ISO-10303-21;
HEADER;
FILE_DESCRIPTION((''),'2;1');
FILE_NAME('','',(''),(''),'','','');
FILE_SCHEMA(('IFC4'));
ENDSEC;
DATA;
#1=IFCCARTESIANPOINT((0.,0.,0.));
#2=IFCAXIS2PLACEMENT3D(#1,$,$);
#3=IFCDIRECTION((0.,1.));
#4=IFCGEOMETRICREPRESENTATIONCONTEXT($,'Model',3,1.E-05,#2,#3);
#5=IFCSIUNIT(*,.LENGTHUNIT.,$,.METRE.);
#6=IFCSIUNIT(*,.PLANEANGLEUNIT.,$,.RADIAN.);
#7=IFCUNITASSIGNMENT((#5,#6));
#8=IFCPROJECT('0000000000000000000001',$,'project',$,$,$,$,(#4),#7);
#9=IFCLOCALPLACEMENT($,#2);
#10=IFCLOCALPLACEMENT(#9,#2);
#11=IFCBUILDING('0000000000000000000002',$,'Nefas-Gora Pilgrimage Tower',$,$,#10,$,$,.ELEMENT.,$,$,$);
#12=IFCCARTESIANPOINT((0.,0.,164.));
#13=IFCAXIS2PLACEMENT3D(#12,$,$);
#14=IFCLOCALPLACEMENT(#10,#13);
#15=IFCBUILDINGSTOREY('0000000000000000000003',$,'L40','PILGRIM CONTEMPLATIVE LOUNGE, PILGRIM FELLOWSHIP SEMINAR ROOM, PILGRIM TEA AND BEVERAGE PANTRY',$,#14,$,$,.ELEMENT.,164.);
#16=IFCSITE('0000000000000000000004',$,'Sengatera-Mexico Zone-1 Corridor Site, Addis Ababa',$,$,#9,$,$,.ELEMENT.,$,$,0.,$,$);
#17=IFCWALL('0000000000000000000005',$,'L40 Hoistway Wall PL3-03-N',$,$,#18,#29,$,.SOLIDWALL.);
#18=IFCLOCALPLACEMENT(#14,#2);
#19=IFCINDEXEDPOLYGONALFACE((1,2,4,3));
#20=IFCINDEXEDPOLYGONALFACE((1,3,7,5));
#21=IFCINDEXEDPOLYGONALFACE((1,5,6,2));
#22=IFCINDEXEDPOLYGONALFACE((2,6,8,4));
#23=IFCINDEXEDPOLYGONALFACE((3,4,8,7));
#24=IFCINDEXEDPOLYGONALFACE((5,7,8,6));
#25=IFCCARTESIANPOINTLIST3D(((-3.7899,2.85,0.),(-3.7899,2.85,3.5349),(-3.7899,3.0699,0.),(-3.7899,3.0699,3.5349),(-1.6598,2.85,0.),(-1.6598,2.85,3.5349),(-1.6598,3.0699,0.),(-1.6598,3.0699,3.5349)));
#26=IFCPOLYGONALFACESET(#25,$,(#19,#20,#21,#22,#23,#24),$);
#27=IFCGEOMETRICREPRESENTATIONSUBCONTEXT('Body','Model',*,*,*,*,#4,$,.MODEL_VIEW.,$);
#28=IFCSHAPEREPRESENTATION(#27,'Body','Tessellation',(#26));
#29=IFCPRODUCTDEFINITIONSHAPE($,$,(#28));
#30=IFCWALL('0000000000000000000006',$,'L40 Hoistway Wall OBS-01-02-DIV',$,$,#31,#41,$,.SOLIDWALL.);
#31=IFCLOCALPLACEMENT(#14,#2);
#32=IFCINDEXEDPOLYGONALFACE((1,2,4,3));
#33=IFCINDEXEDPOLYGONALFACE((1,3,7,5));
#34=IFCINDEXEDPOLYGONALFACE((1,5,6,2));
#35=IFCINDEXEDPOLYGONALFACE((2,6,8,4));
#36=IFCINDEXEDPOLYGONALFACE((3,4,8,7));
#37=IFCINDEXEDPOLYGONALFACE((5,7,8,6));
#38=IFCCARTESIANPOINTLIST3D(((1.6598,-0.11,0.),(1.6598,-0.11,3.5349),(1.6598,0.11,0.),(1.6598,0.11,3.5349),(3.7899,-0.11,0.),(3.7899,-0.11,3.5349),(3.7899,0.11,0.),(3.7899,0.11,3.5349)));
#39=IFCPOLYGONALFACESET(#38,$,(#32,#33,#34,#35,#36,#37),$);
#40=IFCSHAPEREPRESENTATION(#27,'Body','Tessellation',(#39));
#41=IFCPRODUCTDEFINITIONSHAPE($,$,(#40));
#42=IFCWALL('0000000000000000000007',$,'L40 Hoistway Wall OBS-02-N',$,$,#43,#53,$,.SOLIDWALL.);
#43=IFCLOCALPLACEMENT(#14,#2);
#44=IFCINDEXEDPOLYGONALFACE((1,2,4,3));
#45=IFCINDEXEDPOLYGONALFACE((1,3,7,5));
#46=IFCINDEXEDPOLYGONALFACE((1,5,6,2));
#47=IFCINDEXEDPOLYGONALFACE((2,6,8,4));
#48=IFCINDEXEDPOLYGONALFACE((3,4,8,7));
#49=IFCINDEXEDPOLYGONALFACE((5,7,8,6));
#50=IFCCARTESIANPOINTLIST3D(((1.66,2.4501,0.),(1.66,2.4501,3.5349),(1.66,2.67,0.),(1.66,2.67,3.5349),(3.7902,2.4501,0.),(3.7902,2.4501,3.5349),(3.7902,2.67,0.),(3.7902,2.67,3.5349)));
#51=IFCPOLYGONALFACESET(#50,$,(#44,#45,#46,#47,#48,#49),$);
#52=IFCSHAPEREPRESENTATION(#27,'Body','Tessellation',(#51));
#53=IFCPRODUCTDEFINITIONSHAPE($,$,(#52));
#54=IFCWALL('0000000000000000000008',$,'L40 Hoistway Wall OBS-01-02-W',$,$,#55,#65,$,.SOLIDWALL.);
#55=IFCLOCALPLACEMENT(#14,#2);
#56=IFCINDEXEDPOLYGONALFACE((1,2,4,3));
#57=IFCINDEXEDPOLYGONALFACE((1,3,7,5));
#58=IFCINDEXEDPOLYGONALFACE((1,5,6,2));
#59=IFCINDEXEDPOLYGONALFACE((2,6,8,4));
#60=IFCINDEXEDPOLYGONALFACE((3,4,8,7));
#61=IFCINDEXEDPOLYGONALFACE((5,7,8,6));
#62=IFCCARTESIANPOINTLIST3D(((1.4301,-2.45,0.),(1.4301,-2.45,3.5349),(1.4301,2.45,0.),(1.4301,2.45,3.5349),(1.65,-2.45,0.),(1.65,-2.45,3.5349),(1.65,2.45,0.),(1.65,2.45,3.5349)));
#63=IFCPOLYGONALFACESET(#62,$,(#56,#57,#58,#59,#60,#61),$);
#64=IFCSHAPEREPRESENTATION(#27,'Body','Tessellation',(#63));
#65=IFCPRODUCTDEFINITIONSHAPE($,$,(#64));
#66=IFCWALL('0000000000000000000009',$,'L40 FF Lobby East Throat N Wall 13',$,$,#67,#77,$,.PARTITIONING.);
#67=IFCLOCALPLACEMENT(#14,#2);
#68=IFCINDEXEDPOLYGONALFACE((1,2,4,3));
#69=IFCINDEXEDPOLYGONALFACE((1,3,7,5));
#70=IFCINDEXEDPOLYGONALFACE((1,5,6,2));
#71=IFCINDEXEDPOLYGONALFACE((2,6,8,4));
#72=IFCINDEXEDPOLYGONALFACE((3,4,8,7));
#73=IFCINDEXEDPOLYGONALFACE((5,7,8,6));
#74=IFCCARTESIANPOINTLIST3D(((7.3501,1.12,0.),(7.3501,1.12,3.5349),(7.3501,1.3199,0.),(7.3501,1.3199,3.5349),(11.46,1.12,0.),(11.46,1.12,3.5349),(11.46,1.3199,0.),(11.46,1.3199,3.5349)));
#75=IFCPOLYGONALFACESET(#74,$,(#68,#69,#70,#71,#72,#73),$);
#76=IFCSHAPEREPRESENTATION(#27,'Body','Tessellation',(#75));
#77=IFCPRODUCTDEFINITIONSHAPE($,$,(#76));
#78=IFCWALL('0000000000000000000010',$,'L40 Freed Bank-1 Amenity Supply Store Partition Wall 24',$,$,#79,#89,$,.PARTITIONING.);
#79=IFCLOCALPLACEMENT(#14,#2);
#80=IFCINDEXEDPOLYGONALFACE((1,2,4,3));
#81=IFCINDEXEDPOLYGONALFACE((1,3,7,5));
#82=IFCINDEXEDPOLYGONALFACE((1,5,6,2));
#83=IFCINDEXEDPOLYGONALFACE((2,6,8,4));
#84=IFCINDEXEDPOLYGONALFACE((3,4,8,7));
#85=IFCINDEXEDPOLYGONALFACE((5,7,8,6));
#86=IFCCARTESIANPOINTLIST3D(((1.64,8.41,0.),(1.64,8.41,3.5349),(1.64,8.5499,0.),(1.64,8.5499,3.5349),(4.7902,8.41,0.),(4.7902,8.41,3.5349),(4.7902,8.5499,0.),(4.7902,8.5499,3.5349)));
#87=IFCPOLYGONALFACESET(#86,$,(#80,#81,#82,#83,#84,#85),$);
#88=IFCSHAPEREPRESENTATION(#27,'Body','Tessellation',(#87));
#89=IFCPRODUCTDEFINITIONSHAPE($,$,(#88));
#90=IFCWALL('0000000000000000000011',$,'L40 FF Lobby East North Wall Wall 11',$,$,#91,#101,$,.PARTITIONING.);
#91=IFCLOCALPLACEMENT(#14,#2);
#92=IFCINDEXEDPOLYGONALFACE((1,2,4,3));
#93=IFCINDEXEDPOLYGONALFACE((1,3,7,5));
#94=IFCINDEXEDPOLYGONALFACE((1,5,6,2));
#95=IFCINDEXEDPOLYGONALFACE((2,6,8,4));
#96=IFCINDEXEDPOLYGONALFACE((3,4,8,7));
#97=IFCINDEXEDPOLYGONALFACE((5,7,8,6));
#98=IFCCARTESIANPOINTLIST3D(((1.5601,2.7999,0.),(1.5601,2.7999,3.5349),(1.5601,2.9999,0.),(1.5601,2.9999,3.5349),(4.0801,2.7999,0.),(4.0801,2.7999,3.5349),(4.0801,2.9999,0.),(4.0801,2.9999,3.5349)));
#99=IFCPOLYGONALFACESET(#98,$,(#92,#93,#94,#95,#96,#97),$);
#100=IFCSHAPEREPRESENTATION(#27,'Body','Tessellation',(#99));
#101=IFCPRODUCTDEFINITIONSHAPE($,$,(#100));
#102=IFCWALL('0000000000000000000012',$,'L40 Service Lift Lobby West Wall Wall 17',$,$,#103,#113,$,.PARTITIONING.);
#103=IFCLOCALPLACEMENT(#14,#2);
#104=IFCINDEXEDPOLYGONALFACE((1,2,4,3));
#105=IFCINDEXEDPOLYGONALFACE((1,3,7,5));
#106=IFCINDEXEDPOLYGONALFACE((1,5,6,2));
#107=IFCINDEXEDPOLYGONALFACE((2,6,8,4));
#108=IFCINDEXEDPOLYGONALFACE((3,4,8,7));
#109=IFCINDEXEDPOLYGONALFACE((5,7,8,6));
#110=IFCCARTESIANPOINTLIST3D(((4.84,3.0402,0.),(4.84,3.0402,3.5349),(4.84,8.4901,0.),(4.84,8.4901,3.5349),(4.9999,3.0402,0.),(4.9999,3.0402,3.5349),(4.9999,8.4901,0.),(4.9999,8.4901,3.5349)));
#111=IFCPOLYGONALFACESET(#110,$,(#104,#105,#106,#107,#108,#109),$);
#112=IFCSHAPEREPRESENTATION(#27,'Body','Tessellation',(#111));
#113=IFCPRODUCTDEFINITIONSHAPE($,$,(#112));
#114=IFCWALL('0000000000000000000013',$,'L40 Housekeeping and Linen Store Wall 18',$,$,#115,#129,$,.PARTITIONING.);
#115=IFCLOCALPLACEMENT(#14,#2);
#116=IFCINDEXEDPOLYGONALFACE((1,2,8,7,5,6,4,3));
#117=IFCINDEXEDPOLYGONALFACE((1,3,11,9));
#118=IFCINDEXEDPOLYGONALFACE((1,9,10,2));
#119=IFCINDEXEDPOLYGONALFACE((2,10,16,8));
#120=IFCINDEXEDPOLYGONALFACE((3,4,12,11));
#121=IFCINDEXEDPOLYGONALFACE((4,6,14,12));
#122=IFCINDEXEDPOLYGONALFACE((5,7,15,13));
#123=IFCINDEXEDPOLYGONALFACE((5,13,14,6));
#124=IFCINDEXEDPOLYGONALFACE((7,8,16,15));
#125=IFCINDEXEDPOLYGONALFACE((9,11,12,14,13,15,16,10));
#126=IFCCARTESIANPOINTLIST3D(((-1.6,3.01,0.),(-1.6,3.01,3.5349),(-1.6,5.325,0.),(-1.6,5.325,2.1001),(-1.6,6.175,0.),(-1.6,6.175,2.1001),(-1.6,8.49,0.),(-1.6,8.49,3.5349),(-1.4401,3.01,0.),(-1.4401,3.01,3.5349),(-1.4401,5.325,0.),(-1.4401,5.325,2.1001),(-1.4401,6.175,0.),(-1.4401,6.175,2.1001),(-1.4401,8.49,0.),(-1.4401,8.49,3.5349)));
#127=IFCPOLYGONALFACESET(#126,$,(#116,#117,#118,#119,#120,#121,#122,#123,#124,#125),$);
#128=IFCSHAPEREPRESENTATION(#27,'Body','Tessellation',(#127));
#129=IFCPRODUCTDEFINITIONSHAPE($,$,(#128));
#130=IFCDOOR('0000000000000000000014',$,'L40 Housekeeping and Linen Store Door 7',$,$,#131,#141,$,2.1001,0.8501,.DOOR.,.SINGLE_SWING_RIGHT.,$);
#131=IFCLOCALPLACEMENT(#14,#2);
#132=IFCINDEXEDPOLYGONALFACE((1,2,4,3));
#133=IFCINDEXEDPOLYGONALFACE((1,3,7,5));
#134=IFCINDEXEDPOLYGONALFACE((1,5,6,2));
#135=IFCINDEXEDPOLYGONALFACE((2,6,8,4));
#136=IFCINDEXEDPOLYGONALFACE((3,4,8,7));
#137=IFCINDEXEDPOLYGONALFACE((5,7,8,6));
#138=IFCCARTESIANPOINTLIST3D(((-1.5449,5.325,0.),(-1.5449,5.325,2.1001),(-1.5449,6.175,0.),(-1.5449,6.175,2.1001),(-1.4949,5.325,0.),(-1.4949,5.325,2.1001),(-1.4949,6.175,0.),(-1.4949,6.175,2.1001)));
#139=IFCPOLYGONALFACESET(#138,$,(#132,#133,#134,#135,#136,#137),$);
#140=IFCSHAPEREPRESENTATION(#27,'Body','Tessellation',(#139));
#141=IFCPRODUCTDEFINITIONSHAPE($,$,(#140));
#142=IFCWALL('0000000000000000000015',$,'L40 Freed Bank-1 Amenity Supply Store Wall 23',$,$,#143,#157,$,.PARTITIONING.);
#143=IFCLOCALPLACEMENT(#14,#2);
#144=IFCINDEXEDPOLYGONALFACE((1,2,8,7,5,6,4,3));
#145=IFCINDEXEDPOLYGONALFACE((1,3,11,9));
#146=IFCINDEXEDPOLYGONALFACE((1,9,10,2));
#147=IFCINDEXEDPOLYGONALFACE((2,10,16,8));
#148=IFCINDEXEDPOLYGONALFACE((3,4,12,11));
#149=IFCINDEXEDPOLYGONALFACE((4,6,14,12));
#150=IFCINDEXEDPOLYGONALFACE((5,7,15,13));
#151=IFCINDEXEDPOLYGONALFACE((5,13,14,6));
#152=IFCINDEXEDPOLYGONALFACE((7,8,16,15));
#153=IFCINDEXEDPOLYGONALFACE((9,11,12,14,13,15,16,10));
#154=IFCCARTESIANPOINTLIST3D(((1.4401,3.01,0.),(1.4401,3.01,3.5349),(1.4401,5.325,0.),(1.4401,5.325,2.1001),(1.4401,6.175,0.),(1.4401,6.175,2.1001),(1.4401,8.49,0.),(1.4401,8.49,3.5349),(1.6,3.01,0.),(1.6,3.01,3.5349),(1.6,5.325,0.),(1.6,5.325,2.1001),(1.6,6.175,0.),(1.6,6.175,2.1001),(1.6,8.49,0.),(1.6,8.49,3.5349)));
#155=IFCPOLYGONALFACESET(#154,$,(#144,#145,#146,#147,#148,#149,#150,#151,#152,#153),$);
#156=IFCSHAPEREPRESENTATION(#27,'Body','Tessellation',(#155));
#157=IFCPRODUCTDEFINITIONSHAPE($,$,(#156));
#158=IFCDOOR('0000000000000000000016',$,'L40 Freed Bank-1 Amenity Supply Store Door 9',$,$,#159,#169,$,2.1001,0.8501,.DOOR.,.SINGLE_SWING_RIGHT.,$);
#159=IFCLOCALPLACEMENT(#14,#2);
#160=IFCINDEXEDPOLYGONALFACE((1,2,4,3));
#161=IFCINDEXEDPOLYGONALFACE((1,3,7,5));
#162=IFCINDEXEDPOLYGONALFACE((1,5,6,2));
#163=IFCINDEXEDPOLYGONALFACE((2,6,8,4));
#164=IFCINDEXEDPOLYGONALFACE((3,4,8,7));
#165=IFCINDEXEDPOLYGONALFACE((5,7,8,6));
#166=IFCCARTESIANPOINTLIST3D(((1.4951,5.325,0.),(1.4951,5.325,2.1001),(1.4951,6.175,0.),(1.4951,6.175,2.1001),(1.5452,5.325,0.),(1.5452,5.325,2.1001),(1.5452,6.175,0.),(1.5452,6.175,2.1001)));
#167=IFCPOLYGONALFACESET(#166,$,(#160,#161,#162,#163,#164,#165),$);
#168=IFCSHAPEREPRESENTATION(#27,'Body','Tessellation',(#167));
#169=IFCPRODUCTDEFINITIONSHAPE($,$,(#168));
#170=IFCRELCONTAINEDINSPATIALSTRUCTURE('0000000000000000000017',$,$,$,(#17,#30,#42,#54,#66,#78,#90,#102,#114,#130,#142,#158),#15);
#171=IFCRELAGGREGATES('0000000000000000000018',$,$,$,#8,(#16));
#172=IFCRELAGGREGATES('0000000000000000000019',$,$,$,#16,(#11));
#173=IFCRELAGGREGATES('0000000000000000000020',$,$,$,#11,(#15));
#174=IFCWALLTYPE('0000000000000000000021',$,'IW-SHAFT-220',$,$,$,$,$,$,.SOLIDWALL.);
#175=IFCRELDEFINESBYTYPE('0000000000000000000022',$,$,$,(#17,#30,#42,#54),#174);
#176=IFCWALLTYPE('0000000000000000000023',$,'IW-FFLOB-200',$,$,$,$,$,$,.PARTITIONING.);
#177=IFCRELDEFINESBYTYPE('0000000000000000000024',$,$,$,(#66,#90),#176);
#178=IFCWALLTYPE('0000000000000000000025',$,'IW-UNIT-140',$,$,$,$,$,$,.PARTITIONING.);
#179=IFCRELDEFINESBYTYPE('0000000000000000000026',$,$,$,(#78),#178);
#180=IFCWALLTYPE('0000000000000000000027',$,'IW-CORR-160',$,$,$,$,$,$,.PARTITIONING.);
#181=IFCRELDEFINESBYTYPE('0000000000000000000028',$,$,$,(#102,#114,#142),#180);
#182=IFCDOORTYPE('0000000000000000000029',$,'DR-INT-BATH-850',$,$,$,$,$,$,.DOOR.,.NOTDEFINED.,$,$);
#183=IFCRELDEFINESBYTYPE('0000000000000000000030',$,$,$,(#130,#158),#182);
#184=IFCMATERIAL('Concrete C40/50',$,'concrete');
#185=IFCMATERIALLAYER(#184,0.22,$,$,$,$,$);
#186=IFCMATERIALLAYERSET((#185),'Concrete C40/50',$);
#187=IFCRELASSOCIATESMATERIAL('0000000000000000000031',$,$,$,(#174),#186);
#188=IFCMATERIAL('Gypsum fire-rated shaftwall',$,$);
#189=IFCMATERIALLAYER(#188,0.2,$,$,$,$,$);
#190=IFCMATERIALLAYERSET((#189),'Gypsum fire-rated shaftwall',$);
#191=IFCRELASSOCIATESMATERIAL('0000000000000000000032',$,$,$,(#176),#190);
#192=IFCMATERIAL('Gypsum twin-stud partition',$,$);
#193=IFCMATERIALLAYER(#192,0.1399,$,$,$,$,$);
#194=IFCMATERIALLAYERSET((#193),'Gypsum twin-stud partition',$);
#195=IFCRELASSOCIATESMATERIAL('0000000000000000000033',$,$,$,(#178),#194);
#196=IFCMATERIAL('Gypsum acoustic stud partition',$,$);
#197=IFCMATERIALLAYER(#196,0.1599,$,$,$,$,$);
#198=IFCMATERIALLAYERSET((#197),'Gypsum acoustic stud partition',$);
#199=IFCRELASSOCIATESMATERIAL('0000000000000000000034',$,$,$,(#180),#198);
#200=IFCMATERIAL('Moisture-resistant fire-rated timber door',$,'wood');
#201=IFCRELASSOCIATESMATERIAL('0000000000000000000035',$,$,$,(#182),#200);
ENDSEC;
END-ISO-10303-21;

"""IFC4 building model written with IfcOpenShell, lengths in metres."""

from ifc_helpers import new_model, si_unit, direction, frame, frame_2d, origin, place, context, subcontext, project, spatial, rectangle, extrude, source, transform, mapped, material, layer, layer_set, type_object, element, fill, save


model = new_model("IFC4")

# Units and contexts
model_context = context("Model", 3, precision=1e-05, world=origin(), true_north=direction((0.0, 1.0)))
body_context = subcontext(model_context, "Body", "Model", "MODEL_VIEW")
ifc_project = project(units=[si_unit("LENGTHUNIT", "METRE"), si_unit("PLANEANGLEUNIT", "RADIAN")], contexts=[model_context])

# Site, building, storey
site_placement = place(None, origin())
site = spatial("IfcSite", under=ifc_project, at=site_placement, Name="Sengatera-Mexico Zone-1 Corridor Site, Addis Ababa", CompositionType="ELEMENT", RefElevation=0.0)
building_placement = place(site_placement, origin())
building = spatial("IfcBuilding", under=site, at=building_placement, Name="Nefas-Gora Pilgrimage Tower", CompositionType="ELEMENT")
storey_placement = place(building_placement, frame((0.0, 0.0, 164.0)))
storey = spatial("IfcBuildingStorey", under=building, at=storey_placement, Name="L40", Description="PILGRIM CONTEMPLATIVE LOUNGE, PILGRIM FELLOWSHIP SEMINAR ROOM, PILGRIM TEA AND BEVERAGE PANTRY", CompositionType="ELEMENT", Elevation=164.0)

# Shared definitions
ifc_material_1 = material(Name="Concrete C40/50", Category="concrete")

# Shared definitions
ifc_layer_1 = layer(ifc_material_1, 0.22)
ifc_layer_set_1 = layer_set([ifc_layer_1], Name="Concrete C40/50")
wall_type_1 = type_object("IfcWallType", Name="IW-SHAFT-220", PredefinedType="SOLIDWALL", material=ifc_layer_set_1)

# Walls
shared_shape_1 = source(origin(), body_context, "Body", "SweptSolid", [
    extrude(rectangle(XDim=2.1301, YDim=0.22, at=frame_2d((1.0649, 0.0))), origin(), (0.0, 0.0, 1.0), 3.5349),
])
for number, where, z_axis, x_axis, name in (
    (1, (-1.6599, 2.96, 0.0), (0.0, 0.0, 1.0), (-1.0, 0.0, 0.0), "L40 Hoistway Wall PL3-03-N"),
    (2, (1.6599, 0.0, 0.0), (0.0, 0.0, 1.0), (1.0, 0.0, 0.0), "L40 Hoistway Wall OBS-01-02-DIV"),
    (3, (3.79, 2.5601, 0.0), (0.0, 0.0, 1.0), (-1.0, 0.0, 0.0), "L40 Hoistway Wall OBS-02-N"),
):
    element("IfcWall", number, at=place(storey_placement, frame(where, z_axis=z_axis, x_axis=x_axis)), inside=storey, type_object=wall_type_1, Name=name, PredefinedType="SOLIDWALL", context=body_context, shape_type="MappedRepresentation", body=[
        mapped(shared_shape_1, transform((0.0, 0.0, 0.0), x_axis=(1.0, 0.0, 0.0), y_axis=(0.0, 1.0, 0.0), z_axis=(0.0, 0.0, 1.0), scale=1.0)),
    ])
shared_shape_2 = source(origin(), body_context, "Body", "SweptSolid", [
    extrude(rectangle(XDim=4.8999, YDim=0.22, at=frame_2d((2.45, 0.0))), origin(), (0.0, 0.0, 1.0), 3.5349),
])
wall_1_placement = place(storey_placement, frame((1.54, 2.45, 0.0), z_axis=(0.0, 0.0, 1.0), x_axis=(0.0, -1.0, 0.0)))
element("IfcWall", 4, at=wall_1_placement, inside=storey, type_object=wall_type_1, Name="L40 Hoistway Wall OBS-01-02-W", PredefinedType="SOLIDWALL", context=body_context, shape_type="MappedRepresentation", body=[
    mapped(shared_shape_2, transform((0.0, 0.0, 0.0), x_axis=(1.0, 0.0, 0.0), y_axis=(0.0, 1.0, 0.0), z_axis=(0.0, 0.0, 1.0), scale=1.0)),
])

# Shared definitions
ifc_material_2 = material(Name="Gypsum fire-rated shaftwall")
ifc_layer_2 = layer(ifc_material_2, 0.2)
ifc_layer_set_2 = layer_set([ifc_layer_2], Name="Gypsum fire-rated shaftwall")
wall_type_2 = type_object("IfcWallType", Name="IW-FFLOB-200", PredefinedType="PARTITIONING", material=ifc_layer_set_2)

# Walls
shared_shape_3 = source(origin(), body_context, "Body", "SweptSolid", [
    extrude(rectangle(XDim=4.1099, YDim=0.2, at=frame_2d((2.0549, 0.0))), origin(), (0.0, 0.0, 1.0), 3.5349),
])
wall_2_placement = place(storey_placement, frame((7.3501, 1.22, 0.0), z_axis=(0.0, 0.0, 1.0), x_axis=(1.0, 0.0, 0.0)))
element("IfcWall", 5, at=wall_2_placement, inside=storey, type_object=wall_type_2, Name="L40 FF Lobby East Throat N Wall 13", PredefinedType="PARTITIONING", context=body_context, shape_type="MappedRepresentation", body=[
    mapped(shared_shape_3, transform((0.0, 0.0, 0.0), x_axis=(1.0, 0.0, 0.0), y_axis=(0.0, 1.0, 0.0), z_axis=(0.0, 0.0, 1.0), scale=1.0)),
])
ifc_material_3 = material(Name="Gypsum twin-stud partition")
ifc_layer_3 = layer(ifc_material_3, 0.1399)
ifc_layer_set_3 = layer_set([ifc_layer_3], Name="Gypsum twin-stud partition")
wall_type_3 = type_object("IfcWallType", Name="IW-UNIT-140", PredefinedType="PARTITIONING", material=ifc_layer_set_3)
shared_shape_4 = source(origin(), body_context, "Body", "SweptSolid", [
    extrude(rectangle(XDim=3.1501, YDim=0.1399, at=frame_2d((1.5752, 0.0))), origin(), (0.0, 0.0, 1.0), 3.5349),
])
wall_3_placement = place(storey_placement, frame((1.6399, 8.48, 0.0), z_axis=(0.0, 0.0, 1.0), x_axis=(1.0, 0.0, 0.0)))
element("IfcWall", 6, at=wall_3_placement, inside=storey, type_object=wall_type_3, Name="L40 Freed Bank-1 Amenity Supply Store Partition Wall 24", PredefinedType="PARTITIONING", context=body_context, shape_type="MappedRepresentation", body=[
    mapped(shared_shape_4, transform((0.0, 0.0, 0.0), x_axis=(1.0, 0.0, 0.0), y_axis=(0.0, 1.0, 0.0), z_axis=(0.0, 0.0, 1.0), scale=1.0)),
])
shared_shape_5 = source(origin(), body_context, "Body", "SweptSolid", [
    extrude(rectangle(XDim=2.52, YDim=0.2, at=frame_2d((1.26, 0.0))), origin(), (0.0, 0.0, 1.0), 3.5349),
])
wall_4_placement = place(storey_placement, frame((1.5601, 2.8999, 0.0), z_axis=(0.0, 0.0, 1.0), x_axis=(1.0, 0.0, 0.0)))
element("IfcWall", 7, at=wall_4_placement, inside=storey, type_object=wall_type_2, Name="L40 FF Lobby East North Wall Wall 11", PredefinedType="PARTITIONING", context=body_context, shape_type="MappedRepresentation", body=[
    mapped(shared_shape_5, transform((0.0, 0.0, 0.0), x_axis=(1.0, 0.0, 0.0), y_axis=(0.0, 1.0, 0.0), z_axis=(0.0, 0.0, 1.0), scale=1.0)),
])
ifc_material_4 = material(Name="Gypsum acoustic stud partition")
ifc_layer_4 = layer(ifc_material_4, 0.1599)
ifc_layer_set_4 = layer_set([ifc_layer_4], Name="Gypsum acoustic stud partition")
wall_type_4 = type_object("IfcWallType", Name="IW-CORR-160", PredefinedType="PARTITIONING", material=ifc_layer_set_4)
shared_shape_6 = source(origin(), body_context, "Body", "SweptSolid", [
    extrude(rectangle(XDim=5.45, YDim=0.1599, at=frame_2d((2.7251, 0.0))), origin(), (0.0, 0.0, 1.0), 3.5349),
])
wall_5_placement = place(storey_placement, frame((4.9199, 3.04, 0.0), z_axis=(0.0, 0.0, 1.0), x_axis=(0.0, 1.0, 0.0)))
element("IfcWall", 8, at=wall_5_placement, inside=storey, type_object=wall_type_4, Name="L40 Service Lift Lobby West Wall Wall 17", PredefinedType="PARTITIONING", context=body_context, shape_type="MappedRepresentation", body=[
    mapped(shared_shape_6, transform((0.0, 0.0, 0.0), x_axis=(1.0, 0.0, 0.0), y_axis=(0.0, 1.0, 0.0), z_axis=(0.0, 0.0, 1.0), scale=1.0)),
])

# Walls, openings, doors
shared_shape_7 = source(origin(), body_context, "Body", "SweptSolid", [
    extrude(rectangle(XDim=5.48, YDim=0.1599, at=frame_2d((2.74, 0.0))), origin(), (0.0, 0.0, 1.0), 3.5349),
])
wall_6_placement = place(storey_placement, frame((-1.52, 3.01, 0.0), z_axis=(0.0, 0.0, 1.0), x_axis=(0.0, 1.0, 0.0)))
wall_6 = element("IfcWall", 9, at=wall_6_placement, inside=storey, type_object=wall_type_4, Name="L40 Housekeeping and Linen Store Wall 18", PredefinedType="PARTITIONING", context=body_context, shape_type="MappedRepresentation", body=[
    mapped(shared_shape_7, transform((0.0, 0.0, 0.0), x_axis=(1.0, 0.0, 0.0), y_axis=(0.0, 1.0, 0.0), z_axis=(0.0, 0.0, 1.0), scale=1.0)),
])
opening_1_placement = place(wall_6_placement, frame((2.3149, 0.0, 0.0)))
opening_1 = element("IfcOpeningElement", 10, at=opening_1_placement, cuts=wall_6, PredefinedType="OPENING", context=body_context, shape_type="SweptSolid", body=[
    extrude(rectangle(XDim=0.8501, YDim=2.1001, at=frame_2d((0.425, 1.05))), frame((0.0, 0.0898, 0.0), z_axis=(0.0, -1.0, 0.0), x_axis=(1.0, 0.0, 0.0)), (0.0, 0.0, 1.0), 0.1799),
])
ifc_material_5 = material(Name="Moisture-resistant fire-rated timber door", Category="wood")
door_type_1 = type_object("IfcDoorType", Name="DR-INT-BATH-850", OperationType="NOTDEFINED", PredefinedType="DOOR", material=ifc_material_5)
shared_shape_8 = source(origin(), body_context, "Body", "SweptSolid", [
    extrude(rectangle(XDim=0.8501, YDim=2.1001, at=frame_2d((0.425, 1.05))), frame((0.0, 0.0249, 0.0), z_axis=(0.0, -1.0, 0.0), x_axis=(1.0, 0.0, 0.0)), (0.0, 0.0, 1.0), 0.05),
])
door_1_placement = place(opening_1_placement, origin())
door_1 = element("IfcDoor", 11, at=door_1_placement, inside=storey, type_object=door_type_1, Name="L40 Housekeeping and Linen Store Door 7", OperationType="SINGLE_SWING_RIGHT", OverallHeight=2.1001, OverallWidth=0.8501, PredefinedType="DOOR", context=body_context, shape_type="MappedRepresentation", body=[
    mapped(shared_shape_8, transform((0.0, 0.0, 0.0), x_axis=(1.0, 0.0, 0.0), y_axis=(0.0, 1.0, 0.0), z_axis=(0.0, 0.0, 1.0), scale=1.0)),
])
fill(opening_1, door_1)
wall_7_placement = place(storey_placement, frame((1.52, 3.01, 0.0), z_axis=(0.0, 0.0, 1.0), x_axis=(0.0, 1.0, 0.0)))
wall_7 = element("IfcWall", 12, at=wall_7_placement, inside=storey, type_object=wall_type_4, Name="L40 Freed Bank-1 Amenity Supply Store Wall 23", PredefinedType="PARTITIONING", context=body_context, shape_type="MappedRepresentation", body=[
    mapped(shared_shape_7, transform((0.0, 0.0, 0.0), x_axis=(1.0, 0.0, 0.0), y_axis=(0.0, 1.0, 0.0), z_axis=(0.0, 0.0, 1.0), scale=1.0)),
])
opening_2_placement = place(wall_7_placement, frame((2.3149, 0.0, 0.0)))
opening_2 = element("IfcOpeningElement", 13, at=opening_2_placement, cuts=wall_7, PredefinedType="OPENING", context=body_context, shape_type="SweptSolid", body=[
    extrude(rectangle(XDim=0.8501, YDim=2.1001, at=frame_2d((0.425, 1.05))), frame((0.0, 0.0898, 0.0), z_axis=(0.0, -1.0, 0.0), x_axis=(1.0, 0.0, 0.0)), (0.0, 0.0, 1.0), 0.1799),
])
door_2_placement = place(opening_2_placement, origin())
door_2 = element("IfcDoor", 14, at=door_2_placement, inside=storey, type_object=door_type_1, Name="L40 Freed Bank-1 Amenity Supply Store Door 9", OperationType="SINGLE_SWING_RIGHT", OverallHeight=2.1001, OverallWidth=0.8501, PredefinedType="DOOR", context=body_context, shape_type="MappedRepresentation", body=[
    mapped(shared_shape_8, transform((0.0, 0.0, 0.0), x_axis=(1.0, 0.0, 0.0), y_axis=(0.0, 1.0, 0.0), z_axis=(0.0, 0.0, 1.0), scale=1.0)),
])
fill(opening_2, door_2)

save(model, "model.ifc")
